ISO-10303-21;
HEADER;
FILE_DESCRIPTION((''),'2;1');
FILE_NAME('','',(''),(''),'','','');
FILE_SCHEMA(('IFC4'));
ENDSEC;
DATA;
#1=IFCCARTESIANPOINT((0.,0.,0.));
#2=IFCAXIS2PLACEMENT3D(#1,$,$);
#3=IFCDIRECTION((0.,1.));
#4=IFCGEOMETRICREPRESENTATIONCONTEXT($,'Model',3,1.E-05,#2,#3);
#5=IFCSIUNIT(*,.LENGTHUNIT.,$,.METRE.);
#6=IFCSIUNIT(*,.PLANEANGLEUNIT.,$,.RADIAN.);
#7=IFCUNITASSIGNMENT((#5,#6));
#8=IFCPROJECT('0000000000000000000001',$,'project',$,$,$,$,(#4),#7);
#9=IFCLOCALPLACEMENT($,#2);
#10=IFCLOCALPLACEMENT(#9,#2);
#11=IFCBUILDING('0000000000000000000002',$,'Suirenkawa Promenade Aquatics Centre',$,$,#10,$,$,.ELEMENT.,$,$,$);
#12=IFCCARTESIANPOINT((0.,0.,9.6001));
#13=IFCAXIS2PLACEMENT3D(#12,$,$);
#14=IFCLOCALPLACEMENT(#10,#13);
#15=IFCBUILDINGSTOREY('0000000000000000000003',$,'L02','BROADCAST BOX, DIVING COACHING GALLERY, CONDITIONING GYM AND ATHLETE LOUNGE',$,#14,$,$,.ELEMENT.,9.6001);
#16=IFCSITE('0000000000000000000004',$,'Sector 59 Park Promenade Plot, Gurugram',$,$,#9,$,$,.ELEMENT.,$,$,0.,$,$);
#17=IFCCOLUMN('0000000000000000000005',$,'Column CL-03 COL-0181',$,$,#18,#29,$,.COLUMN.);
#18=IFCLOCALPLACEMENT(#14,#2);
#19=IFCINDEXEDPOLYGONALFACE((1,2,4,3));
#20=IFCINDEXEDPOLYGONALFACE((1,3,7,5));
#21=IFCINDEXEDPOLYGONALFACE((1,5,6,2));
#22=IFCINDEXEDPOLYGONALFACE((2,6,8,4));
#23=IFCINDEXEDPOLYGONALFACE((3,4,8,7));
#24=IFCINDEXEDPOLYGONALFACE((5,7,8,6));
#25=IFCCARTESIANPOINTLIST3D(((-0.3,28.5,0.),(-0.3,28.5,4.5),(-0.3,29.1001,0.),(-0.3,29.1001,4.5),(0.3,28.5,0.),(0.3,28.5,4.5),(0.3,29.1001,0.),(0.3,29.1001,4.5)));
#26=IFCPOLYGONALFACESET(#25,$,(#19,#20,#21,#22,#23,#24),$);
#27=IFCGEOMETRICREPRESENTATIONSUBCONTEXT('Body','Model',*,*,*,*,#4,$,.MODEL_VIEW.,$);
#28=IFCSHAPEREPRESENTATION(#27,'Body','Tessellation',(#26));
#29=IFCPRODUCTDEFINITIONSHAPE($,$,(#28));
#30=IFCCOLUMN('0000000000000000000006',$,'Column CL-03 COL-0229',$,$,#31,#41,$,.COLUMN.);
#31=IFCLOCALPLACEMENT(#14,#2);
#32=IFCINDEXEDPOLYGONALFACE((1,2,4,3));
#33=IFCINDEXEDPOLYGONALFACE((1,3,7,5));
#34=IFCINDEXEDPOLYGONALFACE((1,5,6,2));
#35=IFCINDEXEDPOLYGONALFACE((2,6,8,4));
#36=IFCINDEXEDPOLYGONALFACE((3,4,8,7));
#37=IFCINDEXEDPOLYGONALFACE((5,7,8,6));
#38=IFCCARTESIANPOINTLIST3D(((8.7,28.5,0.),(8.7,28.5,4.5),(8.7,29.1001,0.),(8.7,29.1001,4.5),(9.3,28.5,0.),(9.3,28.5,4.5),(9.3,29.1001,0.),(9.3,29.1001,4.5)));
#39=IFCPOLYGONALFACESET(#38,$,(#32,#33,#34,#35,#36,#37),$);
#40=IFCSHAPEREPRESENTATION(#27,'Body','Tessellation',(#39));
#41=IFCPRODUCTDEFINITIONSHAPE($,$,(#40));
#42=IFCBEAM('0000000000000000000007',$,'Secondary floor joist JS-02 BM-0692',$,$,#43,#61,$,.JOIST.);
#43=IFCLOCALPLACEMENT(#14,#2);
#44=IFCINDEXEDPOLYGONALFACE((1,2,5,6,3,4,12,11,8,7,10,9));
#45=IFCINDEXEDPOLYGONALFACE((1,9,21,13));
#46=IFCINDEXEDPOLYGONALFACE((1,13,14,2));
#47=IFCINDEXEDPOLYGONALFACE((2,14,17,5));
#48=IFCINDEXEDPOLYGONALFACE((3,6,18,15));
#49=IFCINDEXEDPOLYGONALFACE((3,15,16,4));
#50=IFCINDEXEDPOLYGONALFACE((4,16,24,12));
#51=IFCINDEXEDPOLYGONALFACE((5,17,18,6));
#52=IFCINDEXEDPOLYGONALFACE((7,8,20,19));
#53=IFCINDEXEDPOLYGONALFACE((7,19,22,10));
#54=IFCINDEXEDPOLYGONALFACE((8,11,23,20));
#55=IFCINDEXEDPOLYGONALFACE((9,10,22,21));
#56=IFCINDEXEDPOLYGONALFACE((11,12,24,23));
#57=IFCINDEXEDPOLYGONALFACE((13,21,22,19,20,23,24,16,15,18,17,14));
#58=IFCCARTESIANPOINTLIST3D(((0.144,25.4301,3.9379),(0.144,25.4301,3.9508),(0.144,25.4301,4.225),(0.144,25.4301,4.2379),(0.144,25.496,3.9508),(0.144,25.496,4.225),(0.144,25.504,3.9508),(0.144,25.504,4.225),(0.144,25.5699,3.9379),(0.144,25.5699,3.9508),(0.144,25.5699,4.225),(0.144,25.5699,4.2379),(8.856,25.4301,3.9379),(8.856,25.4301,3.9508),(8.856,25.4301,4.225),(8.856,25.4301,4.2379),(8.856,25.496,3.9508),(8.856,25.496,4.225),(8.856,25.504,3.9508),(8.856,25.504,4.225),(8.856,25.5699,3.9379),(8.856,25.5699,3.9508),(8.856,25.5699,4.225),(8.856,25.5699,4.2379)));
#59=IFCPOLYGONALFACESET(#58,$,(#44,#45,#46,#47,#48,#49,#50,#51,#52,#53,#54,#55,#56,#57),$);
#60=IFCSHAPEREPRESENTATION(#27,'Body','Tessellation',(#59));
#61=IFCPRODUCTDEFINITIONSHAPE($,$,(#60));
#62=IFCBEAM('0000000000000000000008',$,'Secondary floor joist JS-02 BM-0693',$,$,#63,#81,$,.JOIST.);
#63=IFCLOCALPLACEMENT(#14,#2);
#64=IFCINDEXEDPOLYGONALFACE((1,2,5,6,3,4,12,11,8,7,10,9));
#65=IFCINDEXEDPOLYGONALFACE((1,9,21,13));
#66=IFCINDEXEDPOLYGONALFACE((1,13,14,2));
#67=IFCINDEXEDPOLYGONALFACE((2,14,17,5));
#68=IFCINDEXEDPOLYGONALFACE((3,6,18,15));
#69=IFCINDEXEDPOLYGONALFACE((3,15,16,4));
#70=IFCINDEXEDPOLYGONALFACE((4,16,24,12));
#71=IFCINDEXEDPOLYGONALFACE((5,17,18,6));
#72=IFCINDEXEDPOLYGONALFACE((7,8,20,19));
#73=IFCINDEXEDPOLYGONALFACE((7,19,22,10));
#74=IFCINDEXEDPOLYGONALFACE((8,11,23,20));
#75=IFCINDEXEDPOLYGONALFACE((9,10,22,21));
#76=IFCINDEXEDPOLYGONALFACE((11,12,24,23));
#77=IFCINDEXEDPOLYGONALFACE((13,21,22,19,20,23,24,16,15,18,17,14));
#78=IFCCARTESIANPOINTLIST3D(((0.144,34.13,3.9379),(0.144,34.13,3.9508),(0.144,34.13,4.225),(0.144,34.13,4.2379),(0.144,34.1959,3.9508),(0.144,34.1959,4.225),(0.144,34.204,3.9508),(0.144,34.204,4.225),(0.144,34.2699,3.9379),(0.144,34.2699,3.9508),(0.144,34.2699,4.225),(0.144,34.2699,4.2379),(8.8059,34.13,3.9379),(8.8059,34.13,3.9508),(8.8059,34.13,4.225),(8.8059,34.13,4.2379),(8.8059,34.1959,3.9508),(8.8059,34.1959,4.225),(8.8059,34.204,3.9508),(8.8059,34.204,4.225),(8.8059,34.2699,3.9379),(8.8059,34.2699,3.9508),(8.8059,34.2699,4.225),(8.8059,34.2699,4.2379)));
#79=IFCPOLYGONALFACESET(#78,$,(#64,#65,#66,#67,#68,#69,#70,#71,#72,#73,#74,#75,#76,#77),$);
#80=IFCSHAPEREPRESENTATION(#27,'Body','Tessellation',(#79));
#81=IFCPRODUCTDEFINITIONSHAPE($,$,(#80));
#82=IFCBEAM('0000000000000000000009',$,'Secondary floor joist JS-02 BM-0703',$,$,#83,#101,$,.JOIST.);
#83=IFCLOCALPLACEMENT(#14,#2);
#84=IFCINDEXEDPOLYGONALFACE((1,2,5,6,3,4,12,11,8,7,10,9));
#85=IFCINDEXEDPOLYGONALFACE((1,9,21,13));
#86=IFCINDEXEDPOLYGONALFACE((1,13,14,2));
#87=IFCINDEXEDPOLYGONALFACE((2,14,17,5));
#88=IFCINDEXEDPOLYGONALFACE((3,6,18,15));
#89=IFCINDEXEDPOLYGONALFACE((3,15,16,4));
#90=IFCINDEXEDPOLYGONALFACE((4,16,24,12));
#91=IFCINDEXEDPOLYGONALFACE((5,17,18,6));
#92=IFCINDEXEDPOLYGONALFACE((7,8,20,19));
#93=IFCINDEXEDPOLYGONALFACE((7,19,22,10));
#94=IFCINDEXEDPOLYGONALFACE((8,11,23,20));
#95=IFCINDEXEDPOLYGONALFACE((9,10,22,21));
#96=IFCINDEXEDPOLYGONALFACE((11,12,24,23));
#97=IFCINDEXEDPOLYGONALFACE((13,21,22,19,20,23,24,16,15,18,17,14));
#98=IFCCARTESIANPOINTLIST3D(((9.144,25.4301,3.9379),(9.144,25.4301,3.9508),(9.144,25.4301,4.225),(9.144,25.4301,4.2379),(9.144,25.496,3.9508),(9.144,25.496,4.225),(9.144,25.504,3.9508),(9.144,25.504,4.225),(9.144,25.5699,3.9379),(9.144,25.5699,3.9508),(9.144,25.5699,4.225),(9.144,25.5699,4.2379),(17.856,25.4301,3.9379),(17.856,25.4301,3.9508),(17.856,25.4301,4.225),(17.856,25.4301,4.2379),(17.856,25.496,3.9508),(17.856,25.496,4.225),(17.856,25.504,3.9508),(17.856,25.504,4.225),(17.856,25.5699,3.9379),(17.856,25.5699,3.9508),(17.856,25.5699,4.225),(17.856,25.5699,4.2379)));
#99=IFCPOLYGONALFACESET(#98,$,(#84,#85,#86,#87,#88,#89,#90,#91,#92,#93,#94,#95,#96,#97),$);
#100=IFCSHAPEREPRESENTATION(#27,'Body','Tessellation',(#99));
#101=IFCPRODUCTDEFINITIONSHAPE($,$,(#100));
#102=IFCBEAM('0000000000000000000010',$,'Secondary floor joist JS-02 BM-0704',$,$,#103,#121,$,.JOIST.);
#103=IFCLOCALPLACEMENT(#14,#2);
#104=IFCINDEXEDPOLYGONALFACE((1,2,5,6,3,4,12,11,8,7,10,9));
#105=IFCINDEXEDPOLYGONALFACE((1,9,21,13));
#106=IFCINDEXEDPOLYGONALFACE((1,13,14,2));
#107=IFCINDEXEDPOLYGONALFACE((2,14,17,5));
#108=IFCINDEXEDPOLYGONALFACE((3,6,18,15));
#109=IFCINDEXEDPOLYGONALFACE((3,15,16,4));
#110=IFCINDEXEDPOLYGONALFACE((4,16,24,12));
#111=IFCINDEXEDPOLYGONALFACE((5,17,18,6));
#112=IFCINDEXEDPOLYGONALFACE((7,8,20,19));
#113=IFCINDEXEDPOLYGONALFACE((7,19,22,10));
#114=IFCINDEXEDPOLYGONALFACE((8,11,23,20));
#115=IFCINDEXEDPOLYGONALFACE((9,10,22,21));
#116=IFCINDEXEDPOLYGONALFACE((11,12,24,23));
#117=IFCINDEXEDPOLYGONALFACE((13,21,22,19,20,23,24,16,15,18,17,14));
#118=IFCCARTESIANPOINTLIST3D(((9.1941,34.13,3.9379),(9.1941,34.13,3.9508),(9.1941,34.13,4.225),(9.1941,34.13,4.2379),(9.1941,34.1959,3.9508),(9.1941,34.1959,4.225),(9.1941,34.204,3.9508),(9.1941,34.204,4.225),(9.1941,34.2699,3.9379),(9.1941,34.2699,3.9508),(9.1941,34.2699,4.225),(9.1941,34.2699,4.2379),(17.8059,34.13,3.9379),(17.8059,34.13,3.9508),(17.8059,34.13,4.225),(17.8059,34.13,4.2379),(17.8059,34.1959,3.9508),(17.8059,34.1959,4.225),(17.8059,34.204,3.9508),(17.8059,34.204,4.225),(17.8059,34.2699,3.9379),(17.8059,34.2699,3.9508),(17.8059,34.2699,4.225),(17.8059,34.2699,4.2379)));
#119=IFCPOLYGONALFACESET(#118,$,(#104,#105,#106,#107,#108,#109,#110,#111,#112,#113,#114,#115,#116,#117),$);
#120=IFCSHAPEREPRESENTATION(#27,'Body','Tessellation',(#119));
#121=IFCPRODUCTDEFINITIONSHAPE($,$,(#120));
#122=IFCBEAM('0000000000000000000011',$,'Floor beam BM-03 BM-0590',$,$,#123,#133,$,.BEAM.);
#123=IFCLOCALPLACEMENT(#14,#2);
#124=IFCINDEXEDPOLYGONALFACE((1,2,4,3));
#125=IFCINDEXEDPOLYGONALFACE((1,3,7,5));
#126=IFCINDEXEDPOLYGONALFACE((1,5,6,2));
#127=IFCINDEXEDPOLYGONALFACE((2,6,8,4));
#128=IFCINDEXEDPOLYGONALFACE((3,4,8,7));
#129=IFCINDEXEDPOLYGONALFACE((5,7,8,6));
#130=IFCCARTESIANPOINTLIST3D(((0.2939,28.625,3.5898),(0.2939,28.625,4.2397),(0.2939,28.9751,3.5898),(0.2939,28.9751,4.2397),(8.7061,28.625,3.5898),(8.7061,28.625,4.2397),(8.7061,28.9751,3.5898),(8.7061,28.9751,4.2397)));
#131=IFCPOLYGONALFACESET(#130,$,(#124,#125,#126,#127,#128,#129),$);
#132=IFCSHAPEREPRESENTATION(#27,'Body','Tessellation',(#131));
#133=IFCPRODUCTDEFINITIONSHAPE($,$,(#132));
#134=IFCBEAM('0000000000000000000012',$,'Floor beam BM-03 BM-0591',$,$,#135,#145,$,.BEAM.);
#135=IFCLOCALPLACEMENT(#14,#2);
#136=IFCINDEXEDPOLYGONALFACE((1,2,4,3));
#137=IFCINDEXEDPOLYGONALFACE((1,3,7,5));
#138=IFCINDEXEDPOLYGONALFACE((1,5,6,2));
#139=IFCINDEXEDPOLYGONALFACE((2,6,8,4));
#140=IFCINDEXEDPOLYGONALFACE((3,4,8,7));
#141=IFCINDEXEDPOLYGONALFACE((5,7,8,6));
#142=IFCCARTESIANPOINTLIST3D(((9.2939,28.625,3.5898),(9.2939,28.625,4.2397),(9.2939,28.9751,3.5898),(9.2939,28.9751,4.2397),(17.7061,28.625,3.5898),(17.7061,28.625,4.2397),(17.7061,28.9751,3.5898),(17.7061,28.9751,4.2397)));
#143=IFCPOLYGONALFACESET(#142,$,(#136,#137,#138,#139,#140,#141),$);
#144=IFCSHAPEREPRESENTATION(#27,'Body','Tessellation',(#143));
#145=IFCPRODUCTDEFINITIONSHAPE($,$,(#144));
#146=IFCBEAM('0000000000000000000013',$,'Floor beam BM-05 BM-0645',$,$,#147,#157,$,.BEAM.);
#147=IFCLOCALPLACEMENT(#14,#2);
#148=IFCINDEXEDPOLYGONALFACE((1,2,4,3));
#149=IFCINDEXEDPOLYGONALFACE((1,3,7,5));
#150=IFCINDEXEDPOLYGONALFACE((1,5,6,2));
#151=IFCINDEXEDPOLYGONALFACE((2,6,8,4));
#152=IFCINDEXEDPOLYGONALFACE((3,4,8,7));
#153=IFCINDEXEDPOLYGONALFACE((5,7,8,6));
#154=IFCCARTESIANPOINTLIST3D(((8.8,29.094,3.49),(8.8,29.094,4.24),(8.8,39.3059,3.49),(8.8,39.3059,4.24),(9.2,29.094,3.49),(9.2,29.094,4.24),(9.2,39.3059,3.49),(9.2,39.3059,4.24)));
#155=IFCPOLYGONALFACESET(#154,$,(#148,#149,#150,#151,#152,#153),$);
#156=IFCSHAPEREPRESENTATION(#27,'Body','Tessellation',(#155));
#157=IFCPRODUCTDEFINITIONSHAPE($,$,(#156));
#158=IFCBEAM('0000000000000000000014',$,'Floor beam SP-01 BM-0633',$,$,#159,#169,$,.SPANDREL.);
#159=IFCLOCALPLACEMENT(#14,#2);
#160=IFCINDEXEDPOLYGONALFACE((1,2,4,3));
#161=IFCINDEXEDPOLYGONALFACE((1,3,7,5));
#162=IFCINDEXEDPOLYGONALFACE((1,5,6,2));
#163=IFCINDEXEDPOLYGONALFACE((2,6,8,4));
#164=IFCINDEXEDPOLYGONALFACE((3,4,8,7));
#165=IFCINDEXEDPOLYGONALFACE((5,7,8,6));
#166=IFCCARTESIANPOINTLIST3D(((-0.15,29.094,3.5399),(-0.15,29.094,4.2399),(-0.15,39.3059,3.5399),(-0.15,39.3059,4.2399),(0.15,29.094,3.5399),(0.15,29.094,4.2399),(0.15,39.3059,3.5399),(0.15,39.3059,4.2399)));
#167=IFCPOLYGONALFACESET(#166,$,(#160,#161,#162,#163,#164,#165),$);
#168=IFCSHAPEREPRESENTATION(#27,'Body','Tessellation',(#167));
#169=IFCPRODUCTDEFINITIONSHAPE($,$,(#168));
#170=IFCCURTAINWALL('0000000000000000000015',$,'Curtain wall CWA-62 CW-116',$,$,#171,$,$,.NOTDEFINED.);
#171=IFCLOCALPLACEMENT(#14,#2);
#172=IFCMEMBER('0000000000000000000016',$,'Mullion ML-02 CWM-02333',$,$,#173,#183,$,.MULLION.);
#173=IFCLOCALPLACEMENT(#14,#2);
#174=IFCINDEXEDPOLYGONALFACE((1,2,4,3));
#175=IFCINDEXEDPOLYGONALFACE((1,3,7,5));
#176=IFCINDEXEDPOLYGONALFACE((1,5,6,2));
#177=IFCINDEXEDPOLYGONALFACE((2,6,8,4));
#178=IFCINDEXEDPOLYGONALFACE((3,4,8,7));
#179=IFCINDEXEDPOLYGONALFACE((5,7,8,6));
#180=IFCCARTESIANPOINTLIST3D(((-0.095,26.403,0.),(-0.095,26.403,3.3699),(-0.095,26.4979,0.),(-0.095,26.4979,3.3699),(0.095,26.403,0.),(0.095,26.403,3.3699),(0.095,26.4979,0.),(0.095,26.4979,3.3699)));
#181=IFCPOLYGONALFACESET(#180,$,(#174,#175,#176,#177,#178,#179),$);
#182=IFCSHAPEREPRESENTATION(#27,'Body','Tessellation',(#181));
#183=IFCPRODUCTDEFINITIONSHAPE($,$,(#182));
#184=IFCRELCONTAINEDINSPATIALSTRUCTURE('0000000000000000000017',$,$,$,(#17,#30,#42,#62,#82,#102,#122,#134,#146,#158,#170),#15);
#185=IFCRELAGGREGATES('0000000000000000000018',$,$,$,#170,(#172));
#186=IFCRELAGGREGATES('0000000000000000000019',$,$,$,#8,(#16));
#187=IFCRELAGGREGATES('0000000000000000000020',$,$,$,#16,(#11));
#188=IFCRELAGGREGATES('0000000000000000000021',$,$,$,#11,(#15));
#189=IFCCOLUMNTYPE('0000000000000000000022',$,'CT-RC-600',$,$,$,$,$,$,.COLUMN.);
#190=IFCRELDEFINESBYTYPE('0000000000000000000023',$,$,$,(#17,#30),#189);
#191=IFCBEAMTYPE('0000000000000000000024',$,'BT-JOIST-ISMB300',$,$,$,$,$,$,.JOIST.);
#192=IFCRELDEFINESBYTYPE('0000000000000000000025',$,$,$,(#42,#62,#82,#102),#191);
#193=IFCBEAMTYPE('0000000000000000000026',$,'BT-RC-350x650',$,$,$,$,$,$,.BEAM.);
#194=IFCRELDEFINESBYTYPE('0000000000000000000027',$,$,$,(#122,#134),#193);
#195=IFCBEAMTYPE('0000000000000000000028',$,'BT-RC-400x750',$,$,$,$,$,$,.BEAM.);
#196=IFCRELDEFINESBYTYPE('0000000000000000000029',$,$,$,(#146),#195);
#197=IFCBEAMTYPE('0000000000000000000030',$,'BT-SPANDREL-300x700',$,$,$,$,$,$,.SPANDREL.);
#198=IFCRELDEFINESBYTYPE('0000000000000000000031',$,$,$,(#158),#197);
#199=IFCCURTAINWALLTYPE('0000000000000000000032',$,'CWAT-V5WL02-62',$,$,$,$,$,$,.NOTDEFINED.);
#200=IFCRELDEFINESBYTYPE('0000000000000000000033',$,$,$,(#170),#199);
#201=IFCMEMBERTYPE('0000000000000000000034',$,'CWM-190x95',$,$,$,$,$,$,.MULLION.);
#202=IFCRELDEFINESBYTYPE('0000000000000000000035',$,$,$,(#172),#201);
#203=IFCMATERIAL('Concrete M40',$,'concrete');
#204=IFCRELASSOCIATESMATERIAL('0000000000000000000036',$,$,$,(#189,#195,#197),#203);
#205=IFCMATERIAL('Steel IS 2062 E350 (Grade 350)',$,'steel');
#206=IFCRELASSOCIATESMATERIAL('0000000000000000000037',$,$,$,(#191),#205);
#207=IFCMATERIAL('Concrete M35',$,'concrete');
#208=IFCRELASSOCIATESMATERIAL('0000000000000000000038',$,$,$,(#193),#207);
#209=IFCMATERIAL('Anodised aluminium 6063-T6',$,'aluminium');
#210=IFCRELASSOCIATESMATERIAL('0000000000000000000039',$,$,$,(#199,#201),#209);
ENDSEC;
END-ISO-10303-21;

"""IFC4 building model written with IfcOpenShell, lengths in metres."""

from ifc_helpers import new_model, si_unit, direction, frame, origin, origin_2d, place, context, subcontext, project, spatial, rectangle, i_section, extrude, material, material_profile, profile_set, type_object, element, aggregate, save


model = new_model("IFC4")

# Units and contexts
model_context = context("Model", 3, precision=1e-05, world=origin(), true_north=direction((0.0, 1.0)))
body_context = subcontext(model_context, "Body", "Model", "MODEL_VIEW")
ifc_project = project(units=[si_unit("LENGTHUNIT", "METRE"), si_unit("PLANEANGLEUNIT", "RADIAN")], contexts=[model_context])

# Site, building, storey
site_placement = place(None, origin())
site = spatial("IfcSite", under=ifc_project, at=site_placement, Name="Sector 59 Park Promenade Plot, Gurugram", CompositionType="ELEMENT", RefElevation=0.0)
building_placement = place(site_placement, origin())
building = spatial("IfcBuilding", under=site, at=building_placement, Name="Suirenkawa Promenade Aquatics Centre", CompositionType="ELEMENT")
storey_placement = place(building_placement, frame((0.0, 0.0, 9.6001)))
storey = spatial("IfcBuildingStorey", under=building, at=storey_placement, Name="L02", Description="BROADCAST BOX, DIVING COACHING GALLERY, CONDITIONING GYM AND ATHLETE LOUNGE", CompositionType="ELEMENT", Elevation=9.6001)

# Columns
ifc_material_1 = material(Name="Concrete M40", Category="concrete")
ifc_material_profile_1 = material_profile(ifc_material_1, rectangle(XDim=0.6001, YDim=0.6001, at=origin_2d()), Name="RC COL 600x600", Category="concrete")
ifc_profile_set_1 = profile_set([ifc_material_profile_1], Name="Concrete M40")
column_type = type_object("IfcColumnType", Name="CT-RC-600", PredefinedType="COLUMN", material=ifc_profile_set_1)
for number, where, z_axis, x_axis, name in (
    (1, (0.0, 28.8, 0.0), (0.0, 0.0, 1.0), (1.0, 0.0, 0.0), "Column CL-03 COL-0181"),
    (2, (9.0, 28.8, 0.0), (0.0, 0.0, 1.0), (1.0, 0.0, 0.0), "Column CL-03 COL-0229"),
):
    element("IfcColumn", number, at=place(storey_placement, frame(where, z_axis=z_axis, x_axis=x_axis)), inside=storey, type_object=column_type, Name=name, PredefinedType="COLUMN", context=body_context, shape_type="SweptSolid", body=[
        extrude(rectangle(XDim=0.6001, YDim=0.6001, at=origin_2d()), origin(), (0.0, 0.0, 1.0), 4.5),
    ])

# Beams
ifc_material_2 = material(Name="Steel IS 2062 E350 (Grade 350)", Category="steel")
ifc_material_profile_2 = material_profile(ifc_material_2, i_section(OverallWidth=0.1399, OverallDepth=0.3, WebThickness=0.0081, FlangeThickness=0.0129, at=origin_2d()), Name="ISMB 300", Category="steel")
ifc_profile_set_2 = profile_set([ifc_material_profile_2], Name="Steel IS 2062 E350 (Grade 350)")
beam_type_1 = type_object("IfcBeamType", Name="BT-JOIST-ISMB300", PredefinedType="JOIST", material=ifc_profile_set_2)
beam_1_placement = place(storey_placement, frame((0.144, 25.5, 4.0879), z_axis=(1.0, 0.0, 0.0), x_axis=(0.0, 1.0, 0.0)))
element("IfcBeam", 3, at=beam_1_placement, inside=storey, type_object=beam_type_1, Name="Secondary floor joist JS-02 BM-0692", PredefinedType="JOIST", context=body_context, shape_type="SweptSolid", body=[
    extrude(i_section(OverallWidth=0.1399, OverallDepth=0.3, WebThickness=0.0081, FlangeThickness=0.0129, at=origin_2d()), origin(), (0.0, 0.0, 1.0), 8.7119),
])
beam_2_placement = place(storey_placement, frame((0.144, 34.2, 4.0879), z_axis=(1.0, 0.0, 0.0), x_axis=(0.0, 1.0, 0.0)))
element("IfcBeam", 4, at=beam_2_placement, inside=storey, type_object=beam_type_1, Name="Secondary floor joist JS-02 BM-0693", PredefinedType="JOIST", context=body_context, shape_type="SweptSolid", body=[
    extrude(i_section(OverallWidth=0.1399, OverallDepth=0.3, WebThickness=0.0081, FlangeThickness=0.0129, at=origin_2d()), origin(), (0.0, 0.0, 1.0), 8.6619),
])
beam_3_placement = place(storey_placement, frame((9.144, 25.5, 4.0879), z_axis=(1.0, 0.0, 0.0), x_axis=(0.0, 1.0, 0.0)))
element("IfcBeam", 5, at=beam_3_placement, inside=storey, type_object=beam_type_1, Name="Secondary floor joist JS-02 BM-0703", PredefinedType="JOIST", context=body_context, shape_type="SweptSolid", body=[
    extrude(i_section(OverallWidth=0.1399, OverallDepth=0.3, WebThickness=0.0081, FlangeThickness=0.0129, at=origin_2d()), origin(), (0.0, 0.0, 1.0), 8.7119),
])
beam_4_placement = place(storey_placement, frame((9.1941, 34.2, 4.0879), z_axis=(1.0, 0.0, 0.0), x_axis=(0.0, 1.0, 0.0)))
element("IfcBeam", 6, at=beam_4_placement, inside=storey, type_object=beam_type_1, Name="Secondary floor joist JS-02 BM-0704", PredefinedType="JOIST", context=body_context, shape_type="SweptSolid", body=[
    extrude(i_section(OverallWidth=0.1399, OverallDepth=0.3, WebThickness=0.0081, FlangeThickness=0.0129, at=origin_2d()), origin(), (0.0, 0.0, 1.0), 8.6118),
])
ifc_material_3 = material(Name="Concrete M35", Category="concrete")
ifc_material_profile_3 = material_profile(ifc_material_3, rectangle(XDim=0.3501, YDim=0.6499, at=origin_2d()), Name="RC BM 350x650", Category="concrete")
ifc_profile_set_3 = profile_set([ifc_material_profile_3], Name="Concrete M35")
beam_type_2 = type_object("IfcBeamType", Name="BT-RC-350x650", PredefinedType="BEAM", material=ifc_profile_set_3)
for number, where, z_axis, x_axis, name in (
    (7, (0.2939, 28.8, 3.9148), (1.0, 0.0, 0.0), (0.0, 1.0, 0.0), "Floor beam BM-03 BM-0590"),
    (8, (9.2939, 28.8, 3.9148), (1.0, 0.0, 0.0), (0.0, 1.0, 0.0), "Floor beam BM-03 BM-0591"),
):
    element("IfcBeam", number, at=place(storey_placement, frame(where, z_axis=z_axis, x_axis=x_axis)), inside=storey, type_object=beam_type_2, Name=name, PredefinedType="BEAM", context=body_context, shape_type="SweptSolid", body=[
        extrude(rectangle(XDim=0.3501, YDim=0.6499, at=origin_2d()), origin(), (0.0, 0.0, 1.0), 8.4121),
    ])
ifc_material_profile_4 = material_profile(ifc_material_1, rectangle(XDim=0.3999, YDim=0.75, at=origin_2d()), Name="RC BM 400x750", Category="concrete")
ifc_profile_set_4 = profile_set([ifc_material_profile_4], Name="Concrete M40")
beam_type_3 = type_object("IfcBeamType", Name="BT-RC-400x750", PredefinedType="BEAM", material=ifc_profile_set_4)
beam_5_placement = place(storey_placement, frame((9.0, 29.094, 3.865), z_axis=(0.0, 1.0, 0.0), x_axis=(-1.0, 0.0, 0.0)))
element("IfcBeam", 9, at=beam_5_placement, inside=storey, type_object=beam_type_3, Name="Floor beam BM-05 BM-0645", PredefinedType="BEAM", context=body_context, shape_type="SweptSolid", body=[
    extrude(rectangle(XDim=0.3999, YDim=0.75, at=origin_2d()), origin(), (0.0, 0.0, 1.0), 10.2119),
])
ifc_material_profile_5 = material_profile(ifc_material_1, rectangle(XDim=0.3, YDim=0.7, at=origin_2d()), Name="RC SPANDREL 300x700", Category="concrete")
ifc_profile_set_5 = profile_set([ifc_material_profile_5], Name="Concrete M40")
beam_type_4 = type_object("IfcBeamType", Name="BT-SPANDREL-300x700", PredefinedType="SPANDREL", material=ifc_profile_set_5)
beam_6_placement = place(storey_placement, frame((0.0, 29.094, 3.8899), z_axis=(0.0, 1.0, 0.0), x_axis=(-1.0, 0.0, 0.0)))
element("IfcBeam", 10, at=beam_6_placement, inside=storey, type_object=beam_type_4, Name="Floor beam SP-01 BM-0633", PredefinedType="SPANDREL", context=body_context, shape_type="SweptSolid", body=[
    extrude(rectangle(XDim=0.3, YDim=0.7, at=origin_2d()), origin(), (0.0, 0.0, 1.0), 10.2119),
])

# Curtain wall, member
ifc_material_4 = material(Name="Anodised aluminium 6063-T6", Category="aluminium")
curtain_wall_type_1 = type_object("IfcCurtainWallType", Name="CWAT-V5WL02-62", PredefinedType="NOTDEFINED", material=ifc_material_4)
curtain_wall_1_placement = place(storey_placement, origin())
curtain_wall_1 = element("IfcCurtainWall", 11, at=curtain_wall_1_placement, inside=storey, type_object=curtain_wall_type_1, Name="Curtain wall CWA-62 CW-116", PredefinedType="NOTDEFINED")
ifc_material_profile_6 = material_profile(ifc_material_4, rectangle(XDim=0.095, YDim=0.1899, at=origin_2d()), Name="ALU MULL 95x190", Category="aluminium")
ifc_profile_set_6 = profile_set([ifc_material_profile_6], Name="Anodised aluminium 6063-T6")
member_type_1 = type_object("IfcMemberType", Name="CWM-190x95", PredefinedType="MULLION", material=ifc_profile_set_6)
member_1_placement = place(storey_placement, frame((0.0, 26.4504, 0.0), z_axis=(0.0, 0.0, 1.0), x_axis=(0.0, 1.0, 0.0)))
member_1 = element("IfcMember", 12, at=member_1_placement, type_object=member_type_1, Name="Mullion ML-02 CWM-02333", PredefinedType="MULLION", context=body_context, shape_type="SweptSolid", body=[
    extrude(rectangle(XDim=0.095, YDim=0.1899, at=origin_2d()), origin(), (0.0, 0.0, 1.0), 3.3699),
])

aggregate(curtain_wall_1, [member_1])

save(model, "model.ifc")
